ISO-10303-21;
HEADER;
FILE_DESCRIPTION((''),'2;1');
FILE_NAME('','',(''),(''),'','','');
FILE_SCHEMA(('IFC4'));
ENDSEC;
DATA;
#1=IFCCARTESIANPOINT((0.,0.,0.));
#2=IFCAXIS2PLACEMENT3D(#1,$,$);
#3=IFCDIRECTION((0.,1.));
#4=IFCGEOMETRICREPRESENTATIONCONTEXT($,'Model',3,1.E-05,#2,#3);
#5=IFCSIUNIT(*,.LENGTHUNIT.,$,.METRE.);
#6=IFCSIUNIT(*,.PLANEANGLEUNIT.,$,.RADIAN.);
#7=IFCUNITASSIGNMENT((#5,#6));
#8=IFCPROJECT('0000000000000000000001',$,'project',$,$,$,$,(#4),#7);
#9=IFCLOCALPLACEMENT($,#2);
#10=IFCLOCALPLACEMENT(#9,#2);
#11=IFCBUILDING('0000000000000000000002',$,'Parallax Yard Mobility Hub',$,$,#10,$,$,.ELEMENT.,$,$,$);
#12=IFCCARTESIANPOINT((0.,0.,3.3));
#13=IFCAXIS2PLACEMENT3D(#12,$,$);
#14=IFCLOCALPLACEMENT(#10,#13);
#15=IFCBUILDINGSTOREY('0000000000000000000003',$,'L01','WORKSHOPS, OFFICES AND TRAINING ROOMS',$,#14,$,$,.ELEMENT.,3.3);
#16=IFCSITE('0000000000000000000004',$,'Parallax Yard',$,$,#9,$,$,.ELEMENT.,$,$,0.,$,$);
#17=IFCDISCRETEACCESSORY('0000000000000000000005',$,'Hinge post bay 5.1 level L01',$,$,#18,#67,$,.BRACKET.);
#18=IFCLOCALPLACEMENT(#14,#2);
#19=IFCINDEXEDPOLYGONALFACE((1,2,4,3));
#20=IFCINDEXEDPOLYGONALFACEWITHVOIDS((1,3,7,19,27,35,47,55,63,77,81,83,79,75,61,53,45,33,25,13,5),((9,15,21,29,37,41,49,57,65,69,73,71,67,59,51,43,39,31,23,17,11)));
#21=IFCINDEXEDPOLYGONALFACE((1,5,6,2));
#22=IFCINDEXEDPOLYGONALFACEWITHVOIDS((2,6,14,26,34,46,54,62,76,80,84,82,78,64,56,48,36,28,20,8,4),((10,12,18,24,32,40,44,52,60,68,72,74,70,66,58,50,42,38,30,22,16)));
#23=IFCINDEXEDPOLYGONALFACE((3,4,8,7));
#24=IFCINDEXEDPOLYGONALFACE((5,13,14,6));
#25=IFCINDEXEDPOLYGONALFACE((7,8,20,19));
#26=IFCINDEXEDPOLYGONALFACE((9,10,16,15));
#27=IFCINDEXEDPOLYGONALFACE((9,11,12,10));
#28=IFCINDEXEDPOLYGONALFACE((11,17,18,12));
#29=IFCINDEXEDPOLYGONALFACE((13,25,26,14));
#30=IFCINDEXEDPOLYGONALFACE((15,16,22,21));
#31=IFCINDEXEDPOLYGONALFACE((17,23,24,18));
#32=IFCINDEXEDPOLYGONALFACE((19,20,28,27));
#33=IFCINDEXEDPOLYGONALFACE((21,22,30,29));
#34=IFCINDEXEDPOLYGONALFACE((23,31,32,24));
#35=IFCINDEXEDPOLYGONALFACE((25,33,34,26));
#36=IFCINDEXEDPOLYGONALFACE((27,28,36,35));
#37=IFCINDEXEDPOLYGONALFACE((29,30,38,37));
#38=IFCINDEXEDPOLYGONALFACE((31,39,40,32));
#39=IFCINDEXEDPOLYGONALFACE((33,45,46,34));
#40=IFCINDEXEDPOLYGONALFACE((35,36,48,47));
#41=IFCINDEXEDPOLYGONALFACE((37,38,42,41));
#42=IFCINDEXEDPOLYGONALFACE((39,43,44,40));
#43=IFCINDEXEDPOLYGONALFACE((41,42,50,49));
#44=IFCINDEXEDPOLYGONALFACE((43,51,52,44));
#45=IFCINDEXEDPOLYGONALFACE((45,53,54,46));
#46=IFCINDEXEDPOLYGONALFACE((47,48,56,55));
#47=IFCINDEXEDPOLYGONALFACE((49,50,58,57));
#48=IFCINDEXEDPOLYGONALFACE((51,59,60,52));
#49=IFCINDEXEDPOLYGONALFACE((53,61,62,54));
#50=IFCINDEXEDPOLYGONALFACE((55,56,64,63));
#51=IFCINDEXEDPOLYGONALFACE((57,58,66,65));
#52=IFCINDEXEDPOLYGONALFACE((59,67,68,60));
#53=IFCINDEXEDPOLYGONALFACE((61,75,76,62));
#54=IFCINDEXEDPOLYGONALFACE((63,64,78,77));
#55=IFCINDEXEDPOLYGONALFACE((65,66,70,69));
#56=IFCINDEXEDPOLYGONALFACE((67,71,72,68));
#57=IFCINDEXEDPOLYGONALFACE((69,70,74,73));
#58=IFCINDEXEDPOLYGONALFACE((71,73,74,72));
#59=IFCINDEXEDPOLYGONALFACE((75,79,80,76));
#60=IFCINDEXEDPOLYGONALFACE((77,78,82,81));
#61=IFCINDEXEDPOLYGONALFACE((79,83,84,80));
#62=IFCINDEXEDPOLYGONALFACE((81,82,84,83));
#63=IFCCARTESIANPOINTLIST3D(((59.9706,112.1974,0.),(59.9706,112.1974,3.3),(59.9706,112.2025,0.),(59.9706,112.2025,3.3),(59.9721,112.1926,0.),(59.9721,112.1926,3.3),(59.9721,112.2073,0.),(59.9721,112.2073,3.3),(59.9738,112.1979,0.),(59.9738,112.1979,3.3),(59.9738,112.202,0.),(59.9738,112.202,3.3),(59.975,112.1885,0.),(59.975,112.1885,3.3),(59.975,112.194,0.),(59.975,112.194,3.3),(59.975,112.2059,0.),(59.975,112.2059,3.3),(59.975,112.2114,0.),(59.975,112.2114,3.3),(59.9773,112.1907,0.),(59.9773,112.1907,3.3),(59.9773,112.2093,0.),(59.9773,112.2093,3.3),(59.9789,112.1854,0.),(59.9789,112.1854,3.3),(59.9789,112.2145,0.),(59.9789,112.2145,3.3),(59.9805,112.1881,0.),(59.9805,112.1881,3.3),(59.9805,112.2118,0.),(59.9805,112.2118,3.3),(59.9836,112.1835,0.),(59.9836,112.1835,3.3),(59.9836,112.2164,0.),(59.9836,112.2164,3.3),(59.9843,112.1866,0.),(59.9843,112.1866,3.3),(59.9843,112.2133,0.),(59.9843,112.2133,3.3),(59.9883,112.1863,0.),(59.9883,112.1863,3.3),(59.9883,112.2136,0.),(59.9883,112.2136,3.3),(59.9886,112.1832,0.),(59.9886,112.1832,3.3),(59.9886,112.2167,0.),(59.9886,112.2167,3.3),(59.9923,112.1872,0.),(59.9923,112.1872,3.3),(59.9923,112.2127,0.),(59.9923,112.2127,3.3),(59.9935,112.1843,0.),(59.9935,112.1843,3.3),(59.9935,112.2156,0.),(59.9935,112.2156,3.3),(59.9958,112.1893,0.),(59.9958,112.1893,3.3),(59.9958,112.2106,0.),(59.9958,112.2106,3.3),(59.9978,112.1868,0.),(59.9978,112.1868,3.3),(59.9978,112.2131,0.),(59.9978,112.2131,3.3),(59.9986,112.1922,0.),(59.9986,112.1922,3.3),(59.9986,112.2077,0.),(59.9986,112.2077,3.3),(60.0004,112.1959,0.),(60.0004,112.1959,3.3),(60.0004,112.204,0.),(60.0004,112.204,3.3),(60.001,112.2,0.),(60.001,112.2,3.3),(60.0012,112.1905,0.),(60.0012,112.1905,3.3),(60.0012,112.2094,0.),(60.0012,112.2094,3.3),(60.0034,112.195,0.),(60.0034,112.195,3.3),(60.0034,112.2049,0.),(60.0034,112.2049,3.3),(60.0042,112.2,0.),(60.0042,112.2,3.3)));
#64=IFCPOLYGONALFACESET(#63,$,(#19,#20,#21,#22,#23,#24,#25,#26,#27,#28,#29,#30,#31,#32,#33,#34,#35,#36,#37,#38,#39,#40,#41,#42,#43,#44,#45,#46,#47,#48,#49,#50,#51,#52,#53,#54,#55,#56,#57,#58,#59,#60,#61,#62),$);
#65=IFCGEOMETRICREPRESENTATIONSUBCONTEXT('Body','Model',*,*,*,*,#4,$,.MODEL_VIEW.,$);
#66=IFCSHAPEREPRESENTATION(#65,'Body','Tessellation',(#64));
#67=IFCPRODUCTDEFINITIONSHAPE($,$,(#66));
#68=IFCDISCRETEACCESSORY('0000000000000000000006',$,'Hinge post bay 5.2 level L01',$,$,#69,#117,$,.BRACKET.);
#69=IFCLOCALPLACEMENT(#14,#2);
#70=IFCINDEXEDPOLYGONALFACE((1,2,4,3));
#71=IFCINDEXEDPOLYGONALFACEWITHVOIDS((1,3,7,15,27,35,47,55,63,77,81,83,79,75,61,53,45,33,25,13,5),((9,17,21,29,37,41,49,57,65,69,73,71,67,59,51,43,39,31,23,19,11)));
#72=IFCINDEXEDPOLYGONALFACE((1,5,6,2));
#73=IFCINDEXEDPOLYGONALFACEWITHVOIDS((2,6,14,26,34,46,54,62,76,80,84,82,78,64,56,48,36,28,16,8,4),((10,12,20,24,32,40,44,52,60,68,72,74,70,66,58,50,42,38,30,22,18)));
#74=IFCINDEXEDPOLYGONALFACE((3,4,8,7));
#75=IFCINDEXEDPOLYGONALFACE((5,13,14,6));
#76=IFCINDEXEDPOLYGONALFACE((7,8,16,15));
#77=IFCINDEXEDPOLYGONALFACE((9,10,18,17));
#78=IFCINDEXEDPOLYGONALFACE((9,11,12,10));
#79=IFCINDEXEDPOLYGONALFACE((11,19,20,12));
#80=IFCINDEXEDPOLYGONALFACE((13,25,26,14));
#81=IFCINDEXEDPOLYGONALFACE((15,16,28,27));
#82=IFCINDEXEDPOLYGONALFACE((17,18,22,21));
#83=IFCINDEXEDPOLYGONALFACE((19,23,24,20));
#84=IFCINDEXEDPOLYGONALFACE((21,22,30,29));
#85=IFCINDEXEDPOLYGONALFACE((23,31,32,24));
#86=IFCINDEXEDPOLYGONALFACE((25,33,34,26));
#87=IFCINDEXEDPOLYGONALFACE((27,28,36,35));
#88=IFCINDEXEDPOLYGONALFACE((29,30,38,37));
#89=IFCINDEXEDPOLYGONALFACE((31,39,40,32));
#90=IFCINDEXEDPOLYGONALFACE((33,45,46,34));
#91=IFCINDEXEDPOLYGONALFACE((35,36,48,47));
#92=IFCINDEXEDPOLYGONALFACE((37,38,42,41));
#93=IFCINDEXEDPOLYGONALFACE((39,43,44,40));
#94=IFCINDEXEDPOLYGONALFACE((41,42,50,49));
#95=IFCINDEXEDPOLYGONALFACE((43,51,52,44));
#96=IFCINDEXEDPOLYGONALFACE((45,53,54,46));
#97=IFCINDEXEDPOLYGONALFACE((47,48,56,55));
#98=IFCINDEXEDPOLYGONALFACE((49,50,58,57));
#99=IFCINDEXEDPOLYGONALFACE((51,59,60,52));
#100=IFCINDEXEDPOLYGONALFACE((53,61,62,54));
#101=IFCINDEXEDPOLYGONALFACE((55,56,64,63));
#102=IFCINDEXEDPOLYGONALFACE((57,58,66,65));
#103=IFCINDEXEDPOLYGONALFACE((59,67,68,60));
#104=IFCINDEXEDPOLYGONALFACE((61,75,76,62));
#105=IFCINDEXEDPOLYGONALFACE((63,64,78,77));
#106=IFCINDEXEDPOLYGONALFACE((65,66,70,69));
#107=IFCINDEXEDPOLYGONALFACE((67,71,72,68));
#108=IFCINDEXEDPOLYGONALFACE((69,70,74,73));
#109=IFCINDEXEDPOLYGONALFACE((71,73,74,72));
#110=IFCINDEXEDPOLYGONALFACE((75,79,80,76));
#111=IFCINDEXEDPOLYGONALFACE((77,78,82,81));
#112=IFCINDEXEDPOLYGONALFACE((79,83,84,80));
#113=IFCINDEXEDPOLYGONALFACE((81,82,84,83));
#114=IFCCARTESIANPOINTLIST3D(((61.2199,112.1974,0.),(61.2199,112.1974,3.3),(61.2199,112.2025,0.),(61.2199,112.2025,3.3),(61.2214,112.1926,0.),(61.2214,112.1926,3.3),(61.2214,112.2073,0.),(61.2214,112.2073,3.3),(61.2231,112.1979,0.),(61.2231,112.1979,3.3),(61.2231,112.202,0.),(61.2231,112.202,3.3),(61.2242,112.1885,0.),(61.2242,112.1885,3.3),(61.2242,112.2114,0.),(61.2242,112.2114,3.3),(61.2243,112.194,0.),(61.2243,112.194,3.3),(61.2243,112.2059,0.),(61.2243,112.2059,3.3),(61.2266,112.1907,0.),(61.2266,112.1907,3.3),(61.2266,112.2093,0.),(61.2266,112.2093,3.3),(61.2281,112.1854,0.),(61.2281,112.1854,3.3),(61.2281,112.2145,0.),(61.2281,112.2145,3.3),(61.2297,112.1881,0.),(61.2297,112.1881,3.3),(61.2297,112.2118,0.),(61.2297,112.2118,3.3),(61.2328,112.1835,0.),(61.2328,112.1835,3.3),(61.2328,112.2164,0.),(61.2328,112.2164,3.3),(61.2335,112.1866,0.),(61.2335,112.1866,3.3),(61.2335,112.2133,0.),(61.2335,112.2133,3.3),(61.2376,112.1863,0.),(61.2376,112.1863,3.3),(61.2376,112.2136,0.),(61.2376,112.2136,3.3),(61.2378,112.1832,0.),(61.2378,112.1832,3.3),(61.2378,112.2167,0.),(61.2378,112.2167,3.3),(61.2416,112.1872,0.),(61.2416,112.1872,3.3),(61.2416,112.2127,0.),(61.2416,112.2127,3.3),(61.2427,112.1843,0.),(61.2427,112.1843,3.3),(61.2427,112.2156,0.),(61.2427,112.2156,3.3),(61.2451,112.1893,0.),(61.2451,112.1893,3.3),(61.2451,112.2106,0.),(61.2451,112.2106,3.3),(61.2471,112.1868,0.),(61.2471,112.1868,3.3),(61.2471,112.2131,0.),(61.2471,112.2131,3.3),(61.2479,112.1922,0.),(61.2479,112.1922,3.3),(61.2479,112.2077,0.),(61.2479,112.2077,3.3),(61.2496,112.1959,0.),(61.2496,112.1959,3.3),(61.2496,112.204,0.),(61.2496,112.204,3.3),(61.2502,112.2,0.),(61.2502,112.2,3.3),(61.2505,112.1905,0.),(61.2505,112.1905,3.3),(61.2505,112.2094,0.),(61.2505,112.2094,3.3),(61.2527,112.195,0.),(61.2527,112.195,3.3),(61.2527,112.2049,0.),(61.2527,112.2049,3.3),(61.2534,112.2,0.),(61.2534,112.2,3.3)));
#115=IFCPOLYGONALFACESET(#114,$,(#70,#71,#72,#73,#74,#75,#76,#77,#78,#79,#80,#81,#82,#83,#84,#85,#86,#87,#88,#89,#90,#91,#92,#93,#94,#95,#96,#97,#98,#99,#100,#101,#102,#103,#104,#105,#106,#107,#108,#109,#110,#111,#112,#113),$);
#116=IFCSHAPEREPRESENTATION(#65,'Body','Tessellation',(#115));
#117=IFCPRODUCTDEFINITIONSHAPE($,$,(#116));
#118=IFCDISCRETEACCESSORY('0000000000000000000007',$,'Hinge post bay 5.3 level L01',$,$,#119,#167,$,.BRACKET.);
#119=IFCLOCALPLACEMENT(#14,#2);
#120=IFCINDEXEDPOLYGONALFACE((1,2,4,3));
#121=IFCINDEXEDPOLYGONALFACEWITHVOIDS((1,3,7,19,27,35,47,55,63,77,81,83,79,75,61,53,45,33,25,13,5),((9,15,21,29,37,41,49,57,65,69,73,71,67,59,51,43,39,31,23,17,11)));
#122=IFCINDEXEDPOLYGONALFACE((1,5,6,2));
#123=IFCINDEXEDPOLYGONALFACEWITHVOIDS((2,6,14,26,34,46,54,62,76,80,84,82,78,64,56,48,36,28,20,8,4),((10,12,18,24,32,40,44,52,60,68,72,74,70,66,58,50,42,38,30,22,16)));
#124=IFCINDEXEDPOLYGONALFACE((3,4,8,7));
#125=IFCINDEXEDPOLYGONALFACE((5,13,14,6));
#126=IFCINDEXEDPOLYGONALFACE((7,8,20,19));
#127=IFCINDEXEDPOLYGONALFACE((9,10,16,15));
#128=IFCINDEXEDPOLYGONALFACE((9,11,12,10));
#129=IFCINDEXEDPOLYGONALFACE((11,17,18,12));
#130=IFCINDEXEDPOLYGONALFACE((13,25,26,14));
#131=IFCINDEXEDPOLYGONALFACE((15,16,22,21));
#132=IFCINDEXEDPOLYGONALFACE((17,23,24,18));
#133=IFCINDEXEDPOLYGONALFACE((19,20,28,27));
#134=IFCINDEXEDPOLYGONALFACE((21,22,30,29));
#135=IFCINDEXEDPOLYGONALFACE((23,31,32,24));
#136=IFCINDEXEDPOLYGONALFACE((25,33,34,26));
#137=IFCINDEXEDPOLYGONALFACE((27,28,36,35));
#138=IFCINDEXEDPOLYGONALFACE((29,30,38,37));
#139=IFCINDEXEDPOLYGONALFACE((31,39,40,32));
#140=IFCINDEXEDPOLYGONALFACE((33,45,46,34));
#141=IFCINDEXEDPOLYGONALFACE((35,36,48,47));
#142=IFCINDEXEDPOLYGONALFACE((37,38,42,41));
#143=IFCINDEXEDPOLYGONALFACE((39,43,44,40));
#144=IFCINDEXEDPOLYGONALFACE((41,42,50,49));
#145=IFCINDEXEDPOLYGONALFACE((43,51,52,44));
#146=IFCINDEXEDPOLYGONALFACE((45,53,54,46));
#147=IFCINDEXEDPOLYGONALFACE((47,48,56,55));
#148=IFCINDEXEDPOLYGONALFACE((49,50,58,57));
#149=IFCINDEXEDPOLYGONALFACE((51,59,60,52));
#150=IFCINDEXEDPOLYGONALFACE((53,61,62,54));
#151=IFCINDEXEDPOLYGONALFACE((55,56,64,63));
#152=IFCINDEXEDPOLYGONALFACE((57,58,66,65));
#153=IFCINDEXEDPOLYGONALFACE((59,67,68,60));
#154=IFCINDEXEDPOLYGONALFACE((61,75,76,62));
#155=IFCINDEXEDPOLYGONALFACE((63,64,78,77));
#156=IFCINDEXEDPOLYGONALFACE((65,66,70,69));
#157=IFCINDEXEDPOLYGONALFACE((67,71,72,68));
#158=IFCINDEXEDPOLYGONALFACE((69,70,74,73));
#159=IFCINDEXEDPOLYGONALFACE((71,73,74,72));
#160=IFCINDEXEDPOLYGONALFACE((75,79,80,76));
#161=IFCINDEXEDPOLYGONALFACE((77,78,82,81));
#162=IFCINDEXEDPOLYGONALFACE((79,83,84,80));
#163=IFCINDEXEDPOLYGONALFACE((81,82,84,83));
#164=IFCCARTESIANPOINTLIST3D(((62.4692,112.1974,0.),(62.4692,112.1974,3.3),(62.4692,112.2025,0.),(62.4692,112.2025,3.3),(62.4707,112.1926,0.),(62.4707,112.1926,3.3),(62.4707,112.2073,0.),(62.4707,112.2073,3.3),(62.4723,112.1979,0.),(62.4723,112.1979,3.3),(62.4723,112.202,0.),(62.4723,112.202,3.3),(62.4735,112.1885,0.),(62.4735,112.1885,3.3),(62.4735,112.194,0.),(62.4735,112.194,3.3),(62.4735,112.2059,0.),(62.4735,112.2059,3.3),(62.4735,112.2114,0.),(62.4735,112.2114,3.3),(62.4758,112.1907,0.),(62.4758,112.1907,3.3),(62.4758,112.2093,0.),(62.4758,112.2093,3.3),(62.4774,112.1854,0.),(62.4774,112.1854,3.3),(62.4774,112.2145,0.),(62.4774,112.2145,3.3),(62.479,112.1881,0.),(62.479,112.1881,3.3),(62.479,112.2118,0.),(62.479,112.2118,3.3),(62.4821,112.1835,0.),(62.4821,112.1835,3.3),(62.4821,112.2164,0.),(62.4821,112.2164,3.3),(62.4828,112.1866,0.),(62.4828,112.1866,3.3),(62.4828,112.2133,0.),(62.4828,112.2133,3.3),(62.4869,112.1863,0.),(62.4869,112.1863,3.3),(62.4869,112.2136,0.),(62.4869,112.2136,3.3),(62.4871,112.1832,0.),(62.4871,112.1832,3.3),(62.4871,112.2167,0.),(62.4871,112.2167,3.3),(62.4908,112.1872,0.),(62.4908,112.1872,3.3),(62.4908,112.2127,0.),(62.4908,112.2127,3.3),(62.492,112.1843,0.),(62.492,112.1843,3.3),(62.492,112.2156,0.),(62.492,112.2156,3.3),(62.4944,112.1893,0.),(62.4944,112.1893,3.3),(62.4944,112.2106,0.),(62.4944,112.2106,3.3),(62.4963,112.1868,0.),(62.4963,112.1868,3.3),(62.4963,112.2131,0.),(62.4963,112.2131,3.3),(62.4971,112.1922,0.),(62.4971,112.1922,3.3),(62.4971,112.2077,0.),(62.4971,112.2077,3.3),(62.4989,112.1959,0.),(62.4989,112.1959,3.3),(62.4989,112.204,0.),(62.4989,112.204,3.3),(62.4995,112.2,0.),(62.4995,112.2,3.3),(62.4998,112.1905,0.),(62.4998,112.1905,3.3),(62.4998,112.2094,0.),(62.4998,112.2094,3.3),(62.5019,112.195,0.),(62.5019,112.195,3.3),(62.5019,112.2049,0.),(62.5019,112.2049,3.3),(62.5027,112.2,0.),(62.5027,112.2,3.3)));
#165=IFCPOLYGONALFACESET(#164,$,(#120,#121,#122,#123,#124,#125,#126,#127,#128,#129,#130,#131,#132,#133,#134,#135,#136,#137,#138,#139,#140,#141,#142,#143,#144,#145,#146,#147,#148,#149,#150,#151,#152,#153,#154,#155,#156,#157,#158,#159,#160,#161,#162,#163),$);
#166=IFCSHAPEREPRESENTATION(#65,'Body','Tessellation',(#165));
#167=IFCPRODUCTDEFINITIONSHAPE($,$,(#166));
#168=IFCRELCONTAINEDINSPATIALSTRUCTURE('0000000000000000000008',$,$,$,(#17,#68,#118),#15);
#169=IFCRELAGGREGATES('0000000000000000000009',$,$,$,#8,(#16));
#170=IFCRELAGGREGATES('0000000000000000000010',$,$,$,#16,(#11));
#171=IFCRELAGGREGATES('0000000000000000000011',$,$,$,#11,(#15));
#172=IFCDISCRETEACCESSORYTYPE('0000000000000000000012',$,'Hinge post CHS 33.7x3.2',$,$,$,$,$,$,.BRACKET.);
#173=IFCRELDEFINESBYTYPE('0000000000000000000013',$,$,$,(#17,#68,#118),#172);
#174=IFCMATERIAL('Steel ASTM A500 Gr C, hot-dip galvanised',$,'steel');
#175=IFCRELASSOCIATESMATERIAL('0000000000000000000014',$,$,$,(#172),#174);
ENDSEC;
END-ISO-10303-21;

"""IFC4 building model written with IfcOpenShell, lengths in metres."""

from ifc_helpers import new_model, si_unit, direction, frame, origin, origin_2d, place, context, subcontext, project, spatial, hollow_circle, extrude, material, material_profile, profile_set, type_object, element, save


model = new_model("IFC4")

# Units and contexts
model_context = context("Model", 3, precision=1e-05, world=origin(), true_north=direction((0.0, 1.0)))
body_context = subcontext(model_context, "Body", "Model", "MODEL_VIEW")
ifc_project = project(units=[si_unit("LENGTHUNIT", "METRE"), si_unit("PLANEANGLEUNIT", "RADIAN")], contexts=[model_context])

# Site, building, storey
site_placement = place(None, origin())
site = spatial("IfcSite", under=ifc_project, at=site_placement, Name="Parallax Yard", CompositionType="ELEMENT", RefElevation=0.0)
building_placement = place(site_placement, origin())
building = spatial("IfcBuilding", under=site, at=building_placement, Name="Parallax Yard Mobility Hub", CompositionType="ELEMENT")
storey_placement = place(building_placement, frame((0.0, 0.0, 3.3)))
storey = spatial("IfcBuildingStorey", under=building, at=storey_placement, Name="L01", Description="WORKSHOPS, OFFICES AND TRAINING ROOMS", CompositionType="ELEMENT", Elevation=3.3)

# Discrete accessories
ifc_material_1 = material(Name="Steel ASTM A500 Gr C, hot-dip galvanised", Category="steel")
ifc_material_profile_1 = material_profile(ifc_material_1, hollow_circle(Radius=0.0168, WallThickness=0.0032, at=origin_2d()), Name="CHS 33.7x3.2")
ifc_profile_set_1 = profile_set([ifc_material_profile_1], Name="Steel ASTM A500 Gr C, hot-dip galvanised")
discrete_accessory_type_1 = type_object("IfcDiscreteAccessoryType", Name="Hinge post CHS 33.7x3.2", PredefinedType="BRACKET", material=ifc_profile_set_1)
for number, where, z_axis, x_axis, name in (
    (1, (59.9873, 112.2, 0.0), (0.0, 0.0, 1.0), (1.0, 0.0, 0.0), "Hinge post bay 5.1 level L01"),
    (2, (61.2366, 112.2, 0.0), (0.0, 0.0, 1.0), (1.0, 0.0, 0.0), "Hinge post bay 5.2 level L01"),
    (3, (62.4858, 112.2, 0.0), (0.0, 0.0, 1.0), (1.0, 0.0, 0.0), "Hinge post bay 5.3 level L01"),
):
    element("IfcDiscreteAccessory", number, at=place(storey_placement, frame(where, z_axis=z_axis, x_axis=x_axis)), inside=storey, type_object=discrete_accessory_type_1, Name=name, PredefinedType="BRACKET", context=body_context, shape_type="SweptSolid", body=[
        extrude(hollow_circle(Radius=0.0168, WallThickness=0.0032, at=origin_2d()), origin(), (0.0, 0.0, 1.0), 3.3),
    ])

save(model, "model.ifc")
